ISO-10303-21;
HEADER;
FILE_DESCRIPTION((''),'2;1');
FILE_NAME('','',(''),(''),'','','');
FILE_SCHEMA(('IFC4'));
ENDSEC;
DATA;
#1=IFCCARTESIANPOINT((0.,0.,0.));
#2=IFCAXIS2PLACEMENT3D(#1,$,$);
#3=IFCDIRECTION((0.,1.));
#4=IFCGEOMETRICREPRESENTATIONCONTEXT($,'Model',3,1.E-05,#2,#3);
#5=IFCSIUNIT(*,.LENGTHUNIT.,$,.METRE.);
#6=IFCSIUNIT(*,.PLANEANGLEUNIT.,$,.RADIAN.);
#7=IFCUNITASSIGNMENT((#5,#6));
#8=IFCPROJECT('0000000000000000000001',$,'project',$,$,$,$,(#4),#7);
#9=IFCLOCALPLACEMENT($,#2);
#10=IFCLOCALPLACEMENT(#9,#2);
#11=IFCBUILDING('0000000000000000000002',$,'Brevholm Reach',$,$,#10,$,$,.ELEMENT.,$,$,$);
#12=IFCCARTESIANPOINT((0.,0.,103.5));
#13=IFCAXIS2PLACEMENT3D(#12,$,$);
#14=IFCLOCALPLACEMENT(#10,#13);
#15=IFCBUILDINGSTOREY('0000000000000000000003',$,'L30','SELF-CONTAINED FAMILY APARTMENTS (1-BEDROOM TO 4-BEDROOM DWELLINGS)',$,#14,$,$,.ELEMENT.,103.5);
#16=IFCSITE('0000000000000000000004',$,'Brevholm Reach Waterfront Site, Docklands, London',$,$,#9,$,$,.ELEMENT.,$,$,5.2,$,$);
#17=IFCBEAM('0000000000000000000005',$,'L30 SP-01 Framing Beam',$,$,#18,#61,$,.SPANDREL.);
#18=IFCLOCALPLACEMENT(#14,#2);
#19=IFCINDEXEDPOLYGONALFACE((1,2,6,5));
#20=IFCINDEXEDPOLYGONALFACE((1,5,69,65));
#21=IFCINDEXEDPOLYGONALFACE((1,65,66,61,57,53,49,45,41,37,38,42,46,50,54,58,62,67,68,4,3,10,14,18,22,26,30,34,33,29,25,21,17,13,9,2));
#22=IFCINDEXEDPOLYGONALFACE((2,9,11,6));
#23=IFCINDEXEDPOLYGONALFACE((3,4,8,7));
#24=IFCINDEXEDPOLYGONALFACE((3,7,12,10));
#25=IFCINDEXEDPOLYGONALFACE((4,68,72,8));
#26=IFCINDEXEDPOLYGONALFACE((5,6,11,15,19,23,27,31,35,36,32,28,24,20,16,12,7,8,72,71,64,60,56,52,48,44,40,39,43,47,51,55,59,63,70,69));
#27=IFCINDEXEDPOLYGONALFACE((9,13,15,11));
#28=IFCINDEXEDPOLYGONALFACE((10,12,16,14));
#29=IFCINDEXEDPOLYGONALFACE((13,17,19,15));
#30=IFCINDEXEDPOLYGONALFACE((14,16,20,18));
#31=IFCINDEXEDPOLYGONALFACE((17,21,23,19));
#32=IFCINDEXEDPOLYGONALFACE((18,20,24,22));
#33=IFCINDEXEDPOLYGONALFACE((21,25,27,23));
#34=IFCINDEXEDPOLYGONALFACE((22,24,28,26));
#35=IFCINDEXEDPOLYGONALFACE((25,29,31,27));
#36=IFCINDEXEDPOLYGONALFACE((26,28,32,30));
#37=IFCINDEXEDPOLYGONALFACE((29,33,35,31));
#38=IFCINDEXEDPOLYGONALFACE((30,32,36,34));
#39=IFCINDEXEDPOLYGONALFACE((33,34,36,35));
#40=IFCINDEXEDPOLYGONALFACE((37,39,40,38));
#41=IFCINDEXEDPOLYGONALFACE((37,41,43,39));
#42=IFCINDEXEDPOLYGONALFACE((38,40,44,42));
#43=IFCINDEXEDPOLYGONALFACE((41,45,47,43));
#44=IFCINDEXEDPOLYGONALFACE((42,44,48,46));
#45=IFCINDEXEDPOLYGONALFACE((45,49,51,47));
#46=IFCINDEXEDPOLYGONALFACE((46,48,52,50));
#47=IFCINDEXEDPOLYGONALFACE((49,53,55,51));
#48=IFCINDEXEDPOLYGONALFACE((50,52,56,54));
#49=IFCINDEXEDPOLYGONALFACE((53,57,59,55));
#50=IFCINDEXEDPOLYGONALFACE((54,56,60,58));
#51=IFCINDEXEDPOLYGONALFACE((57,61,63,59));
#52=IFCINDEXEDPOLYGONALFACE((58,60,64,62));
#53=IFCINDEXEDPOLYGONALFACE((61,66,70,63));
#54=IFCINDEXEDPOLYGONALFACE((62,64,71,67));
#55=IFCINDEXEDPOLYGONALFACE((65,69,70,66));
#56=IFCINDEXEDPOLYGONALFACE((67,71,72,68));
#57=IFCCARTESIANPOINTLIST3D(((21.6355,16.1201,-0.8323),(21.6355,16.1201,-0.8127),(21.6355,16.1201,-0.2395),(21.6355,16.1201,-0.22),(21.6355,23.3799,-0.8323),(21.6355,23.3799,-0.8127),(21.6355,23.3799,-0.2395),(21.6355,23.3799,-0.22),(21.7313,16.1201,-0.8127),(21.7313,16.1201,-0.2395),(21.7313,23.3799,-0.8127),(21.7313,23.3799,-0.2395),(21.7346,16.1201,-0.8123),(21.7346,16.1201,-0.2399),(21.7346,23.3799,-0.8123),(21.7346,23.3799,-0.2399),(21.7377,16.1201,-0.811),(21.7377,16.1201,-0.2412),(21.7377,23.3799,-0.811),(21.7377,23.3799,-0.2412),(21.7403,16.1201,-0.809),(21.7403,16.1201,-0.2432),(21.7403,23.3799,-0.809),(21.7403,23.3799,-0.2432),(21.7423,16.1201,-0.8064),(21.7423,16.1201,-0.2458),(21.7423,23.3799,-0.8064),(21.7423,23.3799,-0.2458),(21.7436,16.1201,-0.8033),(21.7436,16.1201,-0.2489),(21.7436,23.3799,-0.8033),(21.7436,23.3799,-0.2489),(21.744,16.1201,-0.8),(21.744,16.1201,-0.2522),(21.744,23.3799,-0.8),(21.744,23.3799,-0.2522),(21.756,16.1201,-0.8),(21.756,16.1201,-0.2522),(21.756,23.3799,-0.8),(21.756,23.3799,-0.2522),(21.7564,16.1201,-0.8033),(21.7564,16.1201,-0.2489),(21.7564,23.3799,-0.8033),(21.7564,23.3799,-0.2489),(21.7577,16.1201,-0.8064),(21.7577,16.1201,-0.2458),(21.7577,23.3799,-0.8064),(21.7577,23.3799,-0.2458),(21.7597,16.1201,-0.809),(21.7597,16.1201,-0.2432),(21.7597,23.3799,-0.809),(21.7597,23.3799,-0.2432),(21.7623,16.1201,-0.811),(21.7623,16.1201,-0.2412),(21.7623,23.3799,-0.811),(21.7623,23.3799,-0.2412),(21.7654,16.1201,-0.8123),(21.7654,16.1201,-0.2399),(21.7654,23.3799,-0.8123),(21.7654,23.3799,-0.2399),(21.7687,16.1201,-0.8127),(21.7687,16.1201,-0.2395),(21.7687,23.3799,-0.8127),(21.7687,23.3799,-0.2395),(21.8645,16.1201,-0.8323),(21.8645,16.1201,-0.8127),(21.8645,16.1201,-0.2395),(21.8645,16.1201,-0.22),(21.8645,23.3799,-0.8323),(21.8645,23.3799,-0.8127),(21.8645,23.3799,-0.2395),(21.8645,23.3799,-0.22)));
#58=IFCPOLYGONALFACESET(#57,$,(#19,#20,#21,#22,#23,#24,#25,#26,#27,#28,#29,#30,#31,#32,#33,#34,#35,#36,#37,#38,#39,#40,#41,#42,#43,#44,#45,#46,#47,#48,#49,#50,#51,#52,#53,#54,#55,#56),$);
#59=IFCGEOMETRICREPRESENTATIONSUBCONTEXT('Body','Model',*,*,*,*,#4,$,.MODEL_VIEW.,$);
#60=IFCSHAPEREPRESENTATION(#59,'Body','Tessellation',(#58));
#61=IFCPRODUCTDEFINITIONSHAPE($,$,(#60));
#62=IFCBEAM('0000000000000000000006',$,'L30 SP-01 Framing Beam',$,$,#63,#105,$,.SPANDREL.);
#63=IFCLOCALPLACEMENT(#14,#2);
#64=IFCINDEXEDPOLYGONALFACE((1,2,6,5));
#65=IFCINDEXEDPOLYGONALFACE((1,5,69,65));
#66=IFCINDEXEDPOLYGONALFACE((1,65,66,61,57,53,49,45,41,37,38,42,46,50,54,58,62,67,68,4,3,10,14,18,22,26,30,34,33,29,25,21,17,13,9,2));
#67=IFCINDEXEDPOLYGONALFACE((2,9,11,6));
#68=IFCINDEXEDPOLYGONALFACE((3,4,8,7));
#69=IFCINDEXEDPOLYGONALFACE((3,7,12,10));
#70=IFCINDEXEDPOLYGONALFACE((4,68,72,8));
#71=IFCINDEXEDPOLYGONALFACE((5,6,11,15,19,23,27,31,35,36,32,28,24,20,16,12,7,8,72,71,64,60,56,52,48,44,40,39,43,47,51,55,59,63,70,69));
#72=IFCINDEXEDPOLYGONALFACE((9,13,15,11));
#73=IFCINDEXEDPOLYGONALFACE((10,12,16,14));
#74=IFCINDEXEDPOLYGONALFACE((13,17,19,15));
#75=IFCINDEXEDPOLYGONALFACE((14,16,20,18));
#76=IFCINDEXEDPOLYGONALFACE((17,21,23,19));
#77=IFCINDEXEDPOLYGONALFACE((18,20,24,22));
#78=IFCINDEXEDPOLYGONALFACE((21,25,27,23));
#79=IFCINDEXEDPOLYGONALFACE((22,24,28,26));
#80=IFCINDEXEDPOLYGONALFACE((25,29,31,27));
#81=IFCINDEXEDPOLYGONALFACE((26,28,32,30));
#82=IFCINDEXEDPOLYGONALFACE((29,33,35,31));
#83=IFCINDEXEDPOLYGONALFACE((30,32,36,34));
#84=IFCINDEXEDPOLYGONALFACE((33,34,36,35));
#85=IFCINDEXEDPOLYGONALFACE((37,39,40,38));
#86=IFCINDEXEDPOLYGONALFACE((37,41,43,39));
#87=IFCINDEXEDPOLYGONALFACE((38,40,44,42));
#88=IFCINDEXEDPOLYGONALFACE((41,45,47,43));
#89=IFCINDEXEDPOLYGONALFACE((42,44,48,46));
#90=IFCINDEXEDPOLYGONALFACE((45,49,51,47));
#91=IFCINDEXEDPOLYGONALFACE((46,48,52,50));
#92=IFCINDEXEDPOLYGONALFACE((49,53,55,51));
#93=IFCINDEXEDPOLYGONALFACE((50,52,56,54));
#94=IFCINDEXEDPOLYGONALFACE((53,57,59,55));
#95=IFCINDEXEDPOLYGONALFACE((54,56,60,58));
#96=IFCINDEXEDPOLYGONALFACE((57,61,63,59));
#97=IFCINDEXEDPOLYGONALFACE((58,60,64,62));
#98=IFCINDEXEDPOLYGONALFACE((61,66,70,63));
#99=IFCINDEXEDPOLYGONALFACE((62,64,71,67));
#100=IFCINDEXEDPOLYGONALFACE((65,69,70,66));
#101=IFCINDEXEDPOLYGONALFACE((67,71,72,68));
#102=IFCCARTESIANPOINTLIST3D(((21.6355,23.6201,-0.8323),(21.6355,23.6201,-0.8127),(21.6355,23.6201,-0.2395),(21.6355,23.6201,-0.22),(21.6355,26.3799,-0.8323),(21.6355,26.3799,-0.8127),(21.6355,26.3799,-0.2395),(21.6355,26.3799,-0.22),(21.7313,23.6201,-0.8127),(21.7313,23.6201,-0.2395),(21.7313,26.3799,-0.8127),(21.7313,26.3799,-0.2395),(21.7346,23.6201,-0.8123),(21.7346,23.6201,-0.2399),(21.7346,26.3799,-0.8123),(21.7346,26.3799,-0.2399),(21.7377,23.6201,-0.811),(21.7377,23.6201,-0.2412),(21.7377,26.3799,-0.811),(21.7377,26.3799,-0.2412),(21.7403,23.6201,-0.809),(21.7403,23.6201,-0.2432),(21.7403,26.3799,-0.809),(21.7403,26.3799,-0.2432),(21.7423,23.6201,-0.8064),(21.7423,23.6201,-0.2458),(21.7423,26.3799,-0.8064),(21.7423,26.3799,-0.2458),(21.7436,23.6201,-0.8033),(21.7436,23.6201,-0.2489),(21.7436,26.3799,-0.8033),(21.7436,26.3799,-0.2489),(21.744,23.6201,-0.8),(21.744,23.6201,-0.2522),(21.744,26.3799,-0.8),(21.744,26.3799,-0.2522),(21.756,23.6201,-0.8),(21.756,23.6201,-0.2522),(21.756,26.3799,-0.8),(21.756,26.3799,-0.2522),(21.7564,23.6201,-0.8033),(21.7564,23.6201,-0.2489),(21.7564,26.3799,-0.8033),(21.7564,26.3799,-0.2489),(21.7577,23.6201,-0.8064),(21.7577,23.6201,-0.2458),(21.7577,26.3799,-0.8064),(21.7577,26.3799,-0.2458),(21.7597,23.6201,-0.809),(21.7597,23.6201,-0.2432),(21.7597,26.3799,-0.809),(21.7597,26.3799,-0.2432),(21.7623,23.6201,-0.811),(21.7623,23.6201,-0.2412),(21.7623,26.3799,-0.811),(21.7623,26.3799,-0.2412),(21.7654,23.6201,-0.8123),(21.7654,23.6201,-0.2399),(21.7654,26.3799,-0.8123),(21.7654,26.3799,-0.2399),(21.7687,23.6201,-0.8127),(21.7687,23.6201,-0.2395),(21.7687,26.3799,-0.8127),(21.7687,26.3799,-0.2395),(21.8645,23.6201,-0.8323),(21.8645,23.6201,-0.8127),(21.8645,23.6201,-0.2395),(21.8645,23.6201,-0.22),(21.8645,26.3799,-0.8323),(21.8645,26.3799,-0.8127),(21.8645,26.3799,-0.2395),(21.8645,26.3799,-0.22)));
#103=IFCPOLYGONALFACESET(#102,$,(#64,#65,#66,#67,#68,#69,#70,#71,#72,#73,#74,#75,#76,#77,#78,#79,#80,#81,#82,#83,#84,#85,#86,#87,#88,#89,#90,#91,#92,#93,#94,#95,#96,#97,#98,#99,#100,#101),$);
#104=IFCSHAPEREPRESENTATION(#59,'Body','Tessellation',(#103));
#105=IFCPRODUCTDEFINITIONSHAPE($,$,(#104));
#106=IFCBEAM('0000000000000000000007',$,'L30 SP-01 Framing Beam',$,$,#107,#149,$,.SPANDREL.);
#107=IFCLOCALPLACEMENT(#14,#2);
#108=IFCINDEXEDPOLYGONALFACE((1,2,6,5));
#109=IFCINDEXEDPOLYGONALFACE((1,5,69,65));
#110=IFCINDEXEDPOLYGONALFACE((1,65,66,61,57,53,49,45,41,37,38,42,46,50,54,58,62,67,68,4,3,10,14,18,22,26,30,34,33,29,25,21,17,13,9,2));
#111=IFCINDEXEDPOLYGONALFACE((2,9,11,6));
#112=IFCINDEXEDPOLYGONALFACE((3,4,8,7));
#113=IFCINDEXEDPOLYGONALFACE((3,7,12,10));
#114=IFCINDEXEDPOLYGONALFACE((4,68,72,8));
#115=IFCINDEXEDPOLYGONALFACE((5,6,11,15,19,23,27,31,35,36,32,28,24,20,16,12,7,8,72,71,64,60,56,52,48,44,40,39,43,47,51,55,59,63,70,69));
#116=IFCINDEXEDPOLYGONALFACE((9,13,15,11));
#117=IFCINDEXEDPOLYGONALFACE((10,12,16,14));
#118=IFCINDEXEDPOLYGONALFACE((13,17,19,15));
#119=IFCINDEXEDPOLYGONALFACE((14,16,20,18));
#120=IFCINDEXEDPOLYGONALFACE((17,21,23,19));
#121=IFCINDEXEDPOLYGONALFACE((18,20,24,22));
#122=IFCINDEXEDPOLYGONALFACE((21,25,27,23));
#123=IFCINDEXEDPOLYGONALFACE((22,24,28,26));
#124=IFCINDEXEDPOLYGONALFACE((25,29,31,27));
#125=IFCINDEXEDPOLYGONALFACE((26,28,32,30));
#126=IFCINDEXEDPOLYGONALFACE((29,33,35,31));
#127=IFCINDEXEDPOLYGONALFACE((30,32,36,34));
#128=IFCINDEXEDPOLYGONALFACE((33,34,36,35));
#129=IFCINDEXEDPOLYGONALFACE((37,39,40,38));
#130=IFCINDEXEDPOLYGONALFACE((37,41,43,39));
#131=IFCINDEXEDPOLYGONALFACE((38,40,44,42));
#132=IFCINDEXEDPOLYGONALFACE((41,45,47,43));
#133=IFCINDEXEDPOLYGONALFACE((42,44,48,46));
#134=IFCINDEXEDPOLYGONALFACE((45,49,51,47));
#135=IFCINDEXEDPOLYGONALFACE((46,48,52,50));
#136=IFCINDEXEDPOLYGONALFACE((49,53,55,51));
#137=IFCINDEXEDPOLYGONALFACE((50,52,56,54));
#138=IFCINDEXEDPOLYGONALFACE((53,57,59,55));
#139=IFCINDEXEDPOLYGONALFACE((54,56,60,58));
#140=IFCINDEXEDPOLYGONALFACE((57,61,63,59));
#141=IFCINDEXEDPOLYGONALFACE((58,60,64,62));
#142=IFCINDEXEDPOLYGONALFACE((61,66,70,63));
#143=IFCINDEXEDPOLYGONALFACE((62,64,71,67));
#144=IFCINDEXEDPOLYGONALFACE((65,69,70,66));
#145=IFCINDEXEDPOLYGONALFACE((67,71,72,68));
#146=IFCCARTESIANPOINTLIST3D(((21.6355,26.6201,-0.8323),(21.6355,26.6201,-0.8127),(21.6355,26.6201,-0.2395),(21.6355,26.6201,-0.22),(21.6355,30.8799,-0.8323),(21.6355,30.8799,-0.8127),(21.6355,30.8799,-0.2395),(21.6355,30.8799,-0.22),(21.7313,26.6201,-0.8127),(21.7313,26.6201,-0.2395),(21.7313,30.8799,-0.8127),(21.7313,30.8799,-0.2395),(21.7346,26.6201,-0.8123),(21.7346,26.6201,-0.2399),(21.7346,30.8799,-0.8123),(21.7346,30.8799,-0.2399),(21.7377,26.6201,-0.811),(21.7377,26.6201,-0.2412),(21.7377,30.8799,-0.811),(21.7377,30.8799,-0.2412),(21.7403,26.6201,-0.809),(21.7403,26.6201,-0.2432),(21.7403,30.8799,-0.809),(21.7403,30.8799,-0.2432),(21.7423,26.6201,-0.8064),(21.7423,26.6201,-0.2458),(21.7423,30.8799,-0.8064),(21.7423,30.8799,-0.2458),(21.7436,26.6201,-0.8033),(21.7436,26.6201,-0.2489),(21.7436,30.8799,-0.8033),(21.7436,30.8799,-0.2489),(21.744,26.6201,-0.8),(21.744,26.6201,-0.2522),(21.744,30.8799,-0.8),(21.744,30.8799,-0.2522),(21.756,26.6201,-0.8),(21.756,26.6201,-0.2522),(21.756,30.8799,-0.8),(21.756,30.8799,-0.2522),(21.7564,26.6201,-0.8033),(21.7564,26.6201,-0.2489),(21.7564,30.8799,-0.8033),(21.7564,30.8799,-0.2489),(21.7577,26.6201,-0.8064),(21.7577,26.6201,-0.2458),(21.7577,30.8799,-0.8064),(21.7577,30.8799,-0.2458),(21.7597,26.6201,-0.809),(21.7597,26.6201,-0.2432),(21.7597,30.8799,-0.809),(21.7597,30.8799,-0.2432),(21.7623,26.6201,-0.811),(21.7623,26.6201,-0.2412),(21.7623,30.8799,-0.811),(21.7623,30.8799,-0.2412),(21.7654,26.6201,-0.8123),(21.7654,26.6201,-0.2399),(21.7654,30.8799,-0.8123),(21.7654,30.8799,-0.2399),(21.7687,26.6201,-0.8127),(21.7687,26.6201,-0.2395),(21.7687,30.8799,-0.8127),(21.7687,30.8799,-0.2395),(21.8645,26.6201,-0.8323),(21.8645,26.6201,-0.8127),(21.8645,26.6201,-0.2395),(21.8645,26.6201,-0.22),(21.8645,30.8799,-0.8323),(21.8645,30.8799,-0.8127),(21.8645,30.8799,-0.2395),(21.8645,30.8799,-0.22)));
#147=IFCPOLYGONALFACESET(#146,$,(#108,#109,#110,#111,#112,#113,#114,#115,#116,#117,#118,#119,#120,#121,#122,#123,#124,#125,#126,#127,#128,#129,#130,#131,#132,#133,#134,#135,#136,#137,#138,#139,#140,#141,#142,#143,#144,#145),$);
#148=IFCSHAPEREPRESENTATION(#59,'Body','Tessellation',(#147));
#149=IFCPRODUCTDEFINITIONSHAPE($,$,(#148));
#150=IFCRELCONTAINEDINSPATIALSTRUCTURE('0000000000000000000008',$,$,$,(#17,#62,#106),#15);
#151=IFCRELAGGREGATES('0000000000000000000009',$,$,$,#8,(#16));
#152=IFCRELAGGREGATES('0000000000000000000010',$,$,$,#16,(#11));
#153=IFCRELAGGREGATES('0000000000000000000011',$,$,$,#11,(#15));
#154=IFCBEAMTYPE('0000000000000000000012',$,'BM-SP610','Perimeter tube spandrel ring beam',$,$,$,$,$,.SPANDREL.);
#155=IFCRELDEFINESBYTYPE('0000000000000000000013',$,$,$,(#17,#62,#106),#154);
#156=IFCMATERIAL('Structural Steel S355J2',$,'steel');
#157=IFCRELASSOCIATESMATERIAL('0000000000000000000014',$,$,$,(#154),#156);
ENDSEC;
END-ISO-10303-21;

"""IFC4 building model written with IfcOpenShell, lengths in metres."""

from ifc_helpers import new_model, si_unit, direction, frame, origin, origin_2d, place, context, subcontext, project, spatial, i_section, extrude, material, material_profile, profile_set, type_object, element, save


model = new_model("IFC4")

# Units and contexts
model_context = context("Model", 3, precision=1e-05, world=origin(), true_north=direction((0.0, 1.0)))
body_context = subcontext(model_context, "Body", "Model", "MODEL_VIEW")
ifc_project = project(units=[si_unit("LENGTHUNIT", "METRE"), si_unit("PLANEANGLEUNIT", "RADIAN")], contexts=[model_context])

# Site, building, storey
site_placement = place(None, origin())
site = spatial("IfcSite", under=ifc_project, at=site_placement, Name="Brevholm Reach Waterfront Site, Docklands, London", CompositionType="ELEMENT", RefElevation=5.2)
building_placement = place(site_placement, origin())
building = spatial("IfcBuilding", under=site, at=building_placement, Name="Brevholm Reach", CompositionType="ELEMENT")
storey_placement = place(building_placement, frame((0.0, 0.0, 103.5)))
storey = spatial("IfcBuildingStorey", under=building, at=storey_placement, Name="L30", Description="SELF-CONTAINED FAMILY APARTMENTS (1-BEDROOM TO 4-BEDROOM DWELLINGS)", CompositionType="ELEMENT", Elevation=103.5)

# Beams
ifc_material_1 = material(Name="Structural Steel S355J2", Category="steel")
ifc_material_profile_1 = material_profile(ifc_material_1, i_section(OverallWidth=0.229, OverallDepth=0.6123, WebThickness=0.012, FlangeThickness=0.0195, FilletRadius=0.0127, at=origin_2d()), Name="UKB 610x229x125")
ifc_profile_set_1 = profile_set([ifc_material_profile_1], Name="Structural Steel S355J2")
beam_type_1 = type_object("IfcBeamType", Name="BM-SP610", Description="Perimeter tube spandrel ring beam", PredefinedType="SPANDREL", material=ifc_profile_set_1)
beam_1_placement = place(storey_placement, frame((21.75, 16.1201, -0.5261), z_axis=(0.0, 1.0, 0.0), x_axis=(-1.0, 0.0, 0.0)))
element("IfcBeam", 1, at=beam_1_placement, inside=storey, type_object=beam_type_1, Name="L30 SP-01 Framing Beam", PredefinedType="SPANDREL", context=body_context, shape_type="SweptSolid", body=[
    extrude(i_section(OverallWidth=0.229, OverallDepth=0.6123, WebThickness=0.012, FlangeThickness=0.0195, FilletRadius=0.0127, at=origin_2d()), origin(), (0.0, 0.0, 1.0), 7.2598),
])
beam_2_placement = place(storey_placement, frame((21.75, 23.6201, -0.5261), z_axis=(0.0, 1.0, 0.0), x_axis=(-1.0, 0.0, 0.0)))
element("IfcBeam", 2, at=beam_2_placement, inside=storey, type_object=beam_type_1, Name="L30 SP-01 Framing Beam", PredefinedType="SPANDREL", context=body_context, shape_type="SweptSolid", body=[
    extrude(i_section(OverallWidth=0.229, OverallDepth=0.6123, WebThickness=0.012, FlangeThickness=0.0195, FilletRadius=0.0127, at=origin_2d()), origin(), (0.0, 0.0, 1.0), 2.7598),
])
beam_3_placement = place(storey_placement, frame((21.75, 26.6201, -0.5261), z_axis=(0.0, 1.0, 0.0), x_axis=(-1.0, 0.0, 0.0)))
element("IfcBeam", 3, at=beam_3_placement, inside=storey, type_object=beam_type_1, Name="L30 SP-01 Framing Beam", PredefinedType="SPANDREL", context=body_context, shape_type="SweptSolid", body=[
    extrude(i_section(OverallWidth=0.229, OverallDepth=0.6123, WebThickness=0.012, FlangeThickness=0.0195, FilletRadius=0.0127, at=origin_2d()), origin(), (0.0, 0.0, 1.0), 4.2598),
])

save(model, "model.ifc")
